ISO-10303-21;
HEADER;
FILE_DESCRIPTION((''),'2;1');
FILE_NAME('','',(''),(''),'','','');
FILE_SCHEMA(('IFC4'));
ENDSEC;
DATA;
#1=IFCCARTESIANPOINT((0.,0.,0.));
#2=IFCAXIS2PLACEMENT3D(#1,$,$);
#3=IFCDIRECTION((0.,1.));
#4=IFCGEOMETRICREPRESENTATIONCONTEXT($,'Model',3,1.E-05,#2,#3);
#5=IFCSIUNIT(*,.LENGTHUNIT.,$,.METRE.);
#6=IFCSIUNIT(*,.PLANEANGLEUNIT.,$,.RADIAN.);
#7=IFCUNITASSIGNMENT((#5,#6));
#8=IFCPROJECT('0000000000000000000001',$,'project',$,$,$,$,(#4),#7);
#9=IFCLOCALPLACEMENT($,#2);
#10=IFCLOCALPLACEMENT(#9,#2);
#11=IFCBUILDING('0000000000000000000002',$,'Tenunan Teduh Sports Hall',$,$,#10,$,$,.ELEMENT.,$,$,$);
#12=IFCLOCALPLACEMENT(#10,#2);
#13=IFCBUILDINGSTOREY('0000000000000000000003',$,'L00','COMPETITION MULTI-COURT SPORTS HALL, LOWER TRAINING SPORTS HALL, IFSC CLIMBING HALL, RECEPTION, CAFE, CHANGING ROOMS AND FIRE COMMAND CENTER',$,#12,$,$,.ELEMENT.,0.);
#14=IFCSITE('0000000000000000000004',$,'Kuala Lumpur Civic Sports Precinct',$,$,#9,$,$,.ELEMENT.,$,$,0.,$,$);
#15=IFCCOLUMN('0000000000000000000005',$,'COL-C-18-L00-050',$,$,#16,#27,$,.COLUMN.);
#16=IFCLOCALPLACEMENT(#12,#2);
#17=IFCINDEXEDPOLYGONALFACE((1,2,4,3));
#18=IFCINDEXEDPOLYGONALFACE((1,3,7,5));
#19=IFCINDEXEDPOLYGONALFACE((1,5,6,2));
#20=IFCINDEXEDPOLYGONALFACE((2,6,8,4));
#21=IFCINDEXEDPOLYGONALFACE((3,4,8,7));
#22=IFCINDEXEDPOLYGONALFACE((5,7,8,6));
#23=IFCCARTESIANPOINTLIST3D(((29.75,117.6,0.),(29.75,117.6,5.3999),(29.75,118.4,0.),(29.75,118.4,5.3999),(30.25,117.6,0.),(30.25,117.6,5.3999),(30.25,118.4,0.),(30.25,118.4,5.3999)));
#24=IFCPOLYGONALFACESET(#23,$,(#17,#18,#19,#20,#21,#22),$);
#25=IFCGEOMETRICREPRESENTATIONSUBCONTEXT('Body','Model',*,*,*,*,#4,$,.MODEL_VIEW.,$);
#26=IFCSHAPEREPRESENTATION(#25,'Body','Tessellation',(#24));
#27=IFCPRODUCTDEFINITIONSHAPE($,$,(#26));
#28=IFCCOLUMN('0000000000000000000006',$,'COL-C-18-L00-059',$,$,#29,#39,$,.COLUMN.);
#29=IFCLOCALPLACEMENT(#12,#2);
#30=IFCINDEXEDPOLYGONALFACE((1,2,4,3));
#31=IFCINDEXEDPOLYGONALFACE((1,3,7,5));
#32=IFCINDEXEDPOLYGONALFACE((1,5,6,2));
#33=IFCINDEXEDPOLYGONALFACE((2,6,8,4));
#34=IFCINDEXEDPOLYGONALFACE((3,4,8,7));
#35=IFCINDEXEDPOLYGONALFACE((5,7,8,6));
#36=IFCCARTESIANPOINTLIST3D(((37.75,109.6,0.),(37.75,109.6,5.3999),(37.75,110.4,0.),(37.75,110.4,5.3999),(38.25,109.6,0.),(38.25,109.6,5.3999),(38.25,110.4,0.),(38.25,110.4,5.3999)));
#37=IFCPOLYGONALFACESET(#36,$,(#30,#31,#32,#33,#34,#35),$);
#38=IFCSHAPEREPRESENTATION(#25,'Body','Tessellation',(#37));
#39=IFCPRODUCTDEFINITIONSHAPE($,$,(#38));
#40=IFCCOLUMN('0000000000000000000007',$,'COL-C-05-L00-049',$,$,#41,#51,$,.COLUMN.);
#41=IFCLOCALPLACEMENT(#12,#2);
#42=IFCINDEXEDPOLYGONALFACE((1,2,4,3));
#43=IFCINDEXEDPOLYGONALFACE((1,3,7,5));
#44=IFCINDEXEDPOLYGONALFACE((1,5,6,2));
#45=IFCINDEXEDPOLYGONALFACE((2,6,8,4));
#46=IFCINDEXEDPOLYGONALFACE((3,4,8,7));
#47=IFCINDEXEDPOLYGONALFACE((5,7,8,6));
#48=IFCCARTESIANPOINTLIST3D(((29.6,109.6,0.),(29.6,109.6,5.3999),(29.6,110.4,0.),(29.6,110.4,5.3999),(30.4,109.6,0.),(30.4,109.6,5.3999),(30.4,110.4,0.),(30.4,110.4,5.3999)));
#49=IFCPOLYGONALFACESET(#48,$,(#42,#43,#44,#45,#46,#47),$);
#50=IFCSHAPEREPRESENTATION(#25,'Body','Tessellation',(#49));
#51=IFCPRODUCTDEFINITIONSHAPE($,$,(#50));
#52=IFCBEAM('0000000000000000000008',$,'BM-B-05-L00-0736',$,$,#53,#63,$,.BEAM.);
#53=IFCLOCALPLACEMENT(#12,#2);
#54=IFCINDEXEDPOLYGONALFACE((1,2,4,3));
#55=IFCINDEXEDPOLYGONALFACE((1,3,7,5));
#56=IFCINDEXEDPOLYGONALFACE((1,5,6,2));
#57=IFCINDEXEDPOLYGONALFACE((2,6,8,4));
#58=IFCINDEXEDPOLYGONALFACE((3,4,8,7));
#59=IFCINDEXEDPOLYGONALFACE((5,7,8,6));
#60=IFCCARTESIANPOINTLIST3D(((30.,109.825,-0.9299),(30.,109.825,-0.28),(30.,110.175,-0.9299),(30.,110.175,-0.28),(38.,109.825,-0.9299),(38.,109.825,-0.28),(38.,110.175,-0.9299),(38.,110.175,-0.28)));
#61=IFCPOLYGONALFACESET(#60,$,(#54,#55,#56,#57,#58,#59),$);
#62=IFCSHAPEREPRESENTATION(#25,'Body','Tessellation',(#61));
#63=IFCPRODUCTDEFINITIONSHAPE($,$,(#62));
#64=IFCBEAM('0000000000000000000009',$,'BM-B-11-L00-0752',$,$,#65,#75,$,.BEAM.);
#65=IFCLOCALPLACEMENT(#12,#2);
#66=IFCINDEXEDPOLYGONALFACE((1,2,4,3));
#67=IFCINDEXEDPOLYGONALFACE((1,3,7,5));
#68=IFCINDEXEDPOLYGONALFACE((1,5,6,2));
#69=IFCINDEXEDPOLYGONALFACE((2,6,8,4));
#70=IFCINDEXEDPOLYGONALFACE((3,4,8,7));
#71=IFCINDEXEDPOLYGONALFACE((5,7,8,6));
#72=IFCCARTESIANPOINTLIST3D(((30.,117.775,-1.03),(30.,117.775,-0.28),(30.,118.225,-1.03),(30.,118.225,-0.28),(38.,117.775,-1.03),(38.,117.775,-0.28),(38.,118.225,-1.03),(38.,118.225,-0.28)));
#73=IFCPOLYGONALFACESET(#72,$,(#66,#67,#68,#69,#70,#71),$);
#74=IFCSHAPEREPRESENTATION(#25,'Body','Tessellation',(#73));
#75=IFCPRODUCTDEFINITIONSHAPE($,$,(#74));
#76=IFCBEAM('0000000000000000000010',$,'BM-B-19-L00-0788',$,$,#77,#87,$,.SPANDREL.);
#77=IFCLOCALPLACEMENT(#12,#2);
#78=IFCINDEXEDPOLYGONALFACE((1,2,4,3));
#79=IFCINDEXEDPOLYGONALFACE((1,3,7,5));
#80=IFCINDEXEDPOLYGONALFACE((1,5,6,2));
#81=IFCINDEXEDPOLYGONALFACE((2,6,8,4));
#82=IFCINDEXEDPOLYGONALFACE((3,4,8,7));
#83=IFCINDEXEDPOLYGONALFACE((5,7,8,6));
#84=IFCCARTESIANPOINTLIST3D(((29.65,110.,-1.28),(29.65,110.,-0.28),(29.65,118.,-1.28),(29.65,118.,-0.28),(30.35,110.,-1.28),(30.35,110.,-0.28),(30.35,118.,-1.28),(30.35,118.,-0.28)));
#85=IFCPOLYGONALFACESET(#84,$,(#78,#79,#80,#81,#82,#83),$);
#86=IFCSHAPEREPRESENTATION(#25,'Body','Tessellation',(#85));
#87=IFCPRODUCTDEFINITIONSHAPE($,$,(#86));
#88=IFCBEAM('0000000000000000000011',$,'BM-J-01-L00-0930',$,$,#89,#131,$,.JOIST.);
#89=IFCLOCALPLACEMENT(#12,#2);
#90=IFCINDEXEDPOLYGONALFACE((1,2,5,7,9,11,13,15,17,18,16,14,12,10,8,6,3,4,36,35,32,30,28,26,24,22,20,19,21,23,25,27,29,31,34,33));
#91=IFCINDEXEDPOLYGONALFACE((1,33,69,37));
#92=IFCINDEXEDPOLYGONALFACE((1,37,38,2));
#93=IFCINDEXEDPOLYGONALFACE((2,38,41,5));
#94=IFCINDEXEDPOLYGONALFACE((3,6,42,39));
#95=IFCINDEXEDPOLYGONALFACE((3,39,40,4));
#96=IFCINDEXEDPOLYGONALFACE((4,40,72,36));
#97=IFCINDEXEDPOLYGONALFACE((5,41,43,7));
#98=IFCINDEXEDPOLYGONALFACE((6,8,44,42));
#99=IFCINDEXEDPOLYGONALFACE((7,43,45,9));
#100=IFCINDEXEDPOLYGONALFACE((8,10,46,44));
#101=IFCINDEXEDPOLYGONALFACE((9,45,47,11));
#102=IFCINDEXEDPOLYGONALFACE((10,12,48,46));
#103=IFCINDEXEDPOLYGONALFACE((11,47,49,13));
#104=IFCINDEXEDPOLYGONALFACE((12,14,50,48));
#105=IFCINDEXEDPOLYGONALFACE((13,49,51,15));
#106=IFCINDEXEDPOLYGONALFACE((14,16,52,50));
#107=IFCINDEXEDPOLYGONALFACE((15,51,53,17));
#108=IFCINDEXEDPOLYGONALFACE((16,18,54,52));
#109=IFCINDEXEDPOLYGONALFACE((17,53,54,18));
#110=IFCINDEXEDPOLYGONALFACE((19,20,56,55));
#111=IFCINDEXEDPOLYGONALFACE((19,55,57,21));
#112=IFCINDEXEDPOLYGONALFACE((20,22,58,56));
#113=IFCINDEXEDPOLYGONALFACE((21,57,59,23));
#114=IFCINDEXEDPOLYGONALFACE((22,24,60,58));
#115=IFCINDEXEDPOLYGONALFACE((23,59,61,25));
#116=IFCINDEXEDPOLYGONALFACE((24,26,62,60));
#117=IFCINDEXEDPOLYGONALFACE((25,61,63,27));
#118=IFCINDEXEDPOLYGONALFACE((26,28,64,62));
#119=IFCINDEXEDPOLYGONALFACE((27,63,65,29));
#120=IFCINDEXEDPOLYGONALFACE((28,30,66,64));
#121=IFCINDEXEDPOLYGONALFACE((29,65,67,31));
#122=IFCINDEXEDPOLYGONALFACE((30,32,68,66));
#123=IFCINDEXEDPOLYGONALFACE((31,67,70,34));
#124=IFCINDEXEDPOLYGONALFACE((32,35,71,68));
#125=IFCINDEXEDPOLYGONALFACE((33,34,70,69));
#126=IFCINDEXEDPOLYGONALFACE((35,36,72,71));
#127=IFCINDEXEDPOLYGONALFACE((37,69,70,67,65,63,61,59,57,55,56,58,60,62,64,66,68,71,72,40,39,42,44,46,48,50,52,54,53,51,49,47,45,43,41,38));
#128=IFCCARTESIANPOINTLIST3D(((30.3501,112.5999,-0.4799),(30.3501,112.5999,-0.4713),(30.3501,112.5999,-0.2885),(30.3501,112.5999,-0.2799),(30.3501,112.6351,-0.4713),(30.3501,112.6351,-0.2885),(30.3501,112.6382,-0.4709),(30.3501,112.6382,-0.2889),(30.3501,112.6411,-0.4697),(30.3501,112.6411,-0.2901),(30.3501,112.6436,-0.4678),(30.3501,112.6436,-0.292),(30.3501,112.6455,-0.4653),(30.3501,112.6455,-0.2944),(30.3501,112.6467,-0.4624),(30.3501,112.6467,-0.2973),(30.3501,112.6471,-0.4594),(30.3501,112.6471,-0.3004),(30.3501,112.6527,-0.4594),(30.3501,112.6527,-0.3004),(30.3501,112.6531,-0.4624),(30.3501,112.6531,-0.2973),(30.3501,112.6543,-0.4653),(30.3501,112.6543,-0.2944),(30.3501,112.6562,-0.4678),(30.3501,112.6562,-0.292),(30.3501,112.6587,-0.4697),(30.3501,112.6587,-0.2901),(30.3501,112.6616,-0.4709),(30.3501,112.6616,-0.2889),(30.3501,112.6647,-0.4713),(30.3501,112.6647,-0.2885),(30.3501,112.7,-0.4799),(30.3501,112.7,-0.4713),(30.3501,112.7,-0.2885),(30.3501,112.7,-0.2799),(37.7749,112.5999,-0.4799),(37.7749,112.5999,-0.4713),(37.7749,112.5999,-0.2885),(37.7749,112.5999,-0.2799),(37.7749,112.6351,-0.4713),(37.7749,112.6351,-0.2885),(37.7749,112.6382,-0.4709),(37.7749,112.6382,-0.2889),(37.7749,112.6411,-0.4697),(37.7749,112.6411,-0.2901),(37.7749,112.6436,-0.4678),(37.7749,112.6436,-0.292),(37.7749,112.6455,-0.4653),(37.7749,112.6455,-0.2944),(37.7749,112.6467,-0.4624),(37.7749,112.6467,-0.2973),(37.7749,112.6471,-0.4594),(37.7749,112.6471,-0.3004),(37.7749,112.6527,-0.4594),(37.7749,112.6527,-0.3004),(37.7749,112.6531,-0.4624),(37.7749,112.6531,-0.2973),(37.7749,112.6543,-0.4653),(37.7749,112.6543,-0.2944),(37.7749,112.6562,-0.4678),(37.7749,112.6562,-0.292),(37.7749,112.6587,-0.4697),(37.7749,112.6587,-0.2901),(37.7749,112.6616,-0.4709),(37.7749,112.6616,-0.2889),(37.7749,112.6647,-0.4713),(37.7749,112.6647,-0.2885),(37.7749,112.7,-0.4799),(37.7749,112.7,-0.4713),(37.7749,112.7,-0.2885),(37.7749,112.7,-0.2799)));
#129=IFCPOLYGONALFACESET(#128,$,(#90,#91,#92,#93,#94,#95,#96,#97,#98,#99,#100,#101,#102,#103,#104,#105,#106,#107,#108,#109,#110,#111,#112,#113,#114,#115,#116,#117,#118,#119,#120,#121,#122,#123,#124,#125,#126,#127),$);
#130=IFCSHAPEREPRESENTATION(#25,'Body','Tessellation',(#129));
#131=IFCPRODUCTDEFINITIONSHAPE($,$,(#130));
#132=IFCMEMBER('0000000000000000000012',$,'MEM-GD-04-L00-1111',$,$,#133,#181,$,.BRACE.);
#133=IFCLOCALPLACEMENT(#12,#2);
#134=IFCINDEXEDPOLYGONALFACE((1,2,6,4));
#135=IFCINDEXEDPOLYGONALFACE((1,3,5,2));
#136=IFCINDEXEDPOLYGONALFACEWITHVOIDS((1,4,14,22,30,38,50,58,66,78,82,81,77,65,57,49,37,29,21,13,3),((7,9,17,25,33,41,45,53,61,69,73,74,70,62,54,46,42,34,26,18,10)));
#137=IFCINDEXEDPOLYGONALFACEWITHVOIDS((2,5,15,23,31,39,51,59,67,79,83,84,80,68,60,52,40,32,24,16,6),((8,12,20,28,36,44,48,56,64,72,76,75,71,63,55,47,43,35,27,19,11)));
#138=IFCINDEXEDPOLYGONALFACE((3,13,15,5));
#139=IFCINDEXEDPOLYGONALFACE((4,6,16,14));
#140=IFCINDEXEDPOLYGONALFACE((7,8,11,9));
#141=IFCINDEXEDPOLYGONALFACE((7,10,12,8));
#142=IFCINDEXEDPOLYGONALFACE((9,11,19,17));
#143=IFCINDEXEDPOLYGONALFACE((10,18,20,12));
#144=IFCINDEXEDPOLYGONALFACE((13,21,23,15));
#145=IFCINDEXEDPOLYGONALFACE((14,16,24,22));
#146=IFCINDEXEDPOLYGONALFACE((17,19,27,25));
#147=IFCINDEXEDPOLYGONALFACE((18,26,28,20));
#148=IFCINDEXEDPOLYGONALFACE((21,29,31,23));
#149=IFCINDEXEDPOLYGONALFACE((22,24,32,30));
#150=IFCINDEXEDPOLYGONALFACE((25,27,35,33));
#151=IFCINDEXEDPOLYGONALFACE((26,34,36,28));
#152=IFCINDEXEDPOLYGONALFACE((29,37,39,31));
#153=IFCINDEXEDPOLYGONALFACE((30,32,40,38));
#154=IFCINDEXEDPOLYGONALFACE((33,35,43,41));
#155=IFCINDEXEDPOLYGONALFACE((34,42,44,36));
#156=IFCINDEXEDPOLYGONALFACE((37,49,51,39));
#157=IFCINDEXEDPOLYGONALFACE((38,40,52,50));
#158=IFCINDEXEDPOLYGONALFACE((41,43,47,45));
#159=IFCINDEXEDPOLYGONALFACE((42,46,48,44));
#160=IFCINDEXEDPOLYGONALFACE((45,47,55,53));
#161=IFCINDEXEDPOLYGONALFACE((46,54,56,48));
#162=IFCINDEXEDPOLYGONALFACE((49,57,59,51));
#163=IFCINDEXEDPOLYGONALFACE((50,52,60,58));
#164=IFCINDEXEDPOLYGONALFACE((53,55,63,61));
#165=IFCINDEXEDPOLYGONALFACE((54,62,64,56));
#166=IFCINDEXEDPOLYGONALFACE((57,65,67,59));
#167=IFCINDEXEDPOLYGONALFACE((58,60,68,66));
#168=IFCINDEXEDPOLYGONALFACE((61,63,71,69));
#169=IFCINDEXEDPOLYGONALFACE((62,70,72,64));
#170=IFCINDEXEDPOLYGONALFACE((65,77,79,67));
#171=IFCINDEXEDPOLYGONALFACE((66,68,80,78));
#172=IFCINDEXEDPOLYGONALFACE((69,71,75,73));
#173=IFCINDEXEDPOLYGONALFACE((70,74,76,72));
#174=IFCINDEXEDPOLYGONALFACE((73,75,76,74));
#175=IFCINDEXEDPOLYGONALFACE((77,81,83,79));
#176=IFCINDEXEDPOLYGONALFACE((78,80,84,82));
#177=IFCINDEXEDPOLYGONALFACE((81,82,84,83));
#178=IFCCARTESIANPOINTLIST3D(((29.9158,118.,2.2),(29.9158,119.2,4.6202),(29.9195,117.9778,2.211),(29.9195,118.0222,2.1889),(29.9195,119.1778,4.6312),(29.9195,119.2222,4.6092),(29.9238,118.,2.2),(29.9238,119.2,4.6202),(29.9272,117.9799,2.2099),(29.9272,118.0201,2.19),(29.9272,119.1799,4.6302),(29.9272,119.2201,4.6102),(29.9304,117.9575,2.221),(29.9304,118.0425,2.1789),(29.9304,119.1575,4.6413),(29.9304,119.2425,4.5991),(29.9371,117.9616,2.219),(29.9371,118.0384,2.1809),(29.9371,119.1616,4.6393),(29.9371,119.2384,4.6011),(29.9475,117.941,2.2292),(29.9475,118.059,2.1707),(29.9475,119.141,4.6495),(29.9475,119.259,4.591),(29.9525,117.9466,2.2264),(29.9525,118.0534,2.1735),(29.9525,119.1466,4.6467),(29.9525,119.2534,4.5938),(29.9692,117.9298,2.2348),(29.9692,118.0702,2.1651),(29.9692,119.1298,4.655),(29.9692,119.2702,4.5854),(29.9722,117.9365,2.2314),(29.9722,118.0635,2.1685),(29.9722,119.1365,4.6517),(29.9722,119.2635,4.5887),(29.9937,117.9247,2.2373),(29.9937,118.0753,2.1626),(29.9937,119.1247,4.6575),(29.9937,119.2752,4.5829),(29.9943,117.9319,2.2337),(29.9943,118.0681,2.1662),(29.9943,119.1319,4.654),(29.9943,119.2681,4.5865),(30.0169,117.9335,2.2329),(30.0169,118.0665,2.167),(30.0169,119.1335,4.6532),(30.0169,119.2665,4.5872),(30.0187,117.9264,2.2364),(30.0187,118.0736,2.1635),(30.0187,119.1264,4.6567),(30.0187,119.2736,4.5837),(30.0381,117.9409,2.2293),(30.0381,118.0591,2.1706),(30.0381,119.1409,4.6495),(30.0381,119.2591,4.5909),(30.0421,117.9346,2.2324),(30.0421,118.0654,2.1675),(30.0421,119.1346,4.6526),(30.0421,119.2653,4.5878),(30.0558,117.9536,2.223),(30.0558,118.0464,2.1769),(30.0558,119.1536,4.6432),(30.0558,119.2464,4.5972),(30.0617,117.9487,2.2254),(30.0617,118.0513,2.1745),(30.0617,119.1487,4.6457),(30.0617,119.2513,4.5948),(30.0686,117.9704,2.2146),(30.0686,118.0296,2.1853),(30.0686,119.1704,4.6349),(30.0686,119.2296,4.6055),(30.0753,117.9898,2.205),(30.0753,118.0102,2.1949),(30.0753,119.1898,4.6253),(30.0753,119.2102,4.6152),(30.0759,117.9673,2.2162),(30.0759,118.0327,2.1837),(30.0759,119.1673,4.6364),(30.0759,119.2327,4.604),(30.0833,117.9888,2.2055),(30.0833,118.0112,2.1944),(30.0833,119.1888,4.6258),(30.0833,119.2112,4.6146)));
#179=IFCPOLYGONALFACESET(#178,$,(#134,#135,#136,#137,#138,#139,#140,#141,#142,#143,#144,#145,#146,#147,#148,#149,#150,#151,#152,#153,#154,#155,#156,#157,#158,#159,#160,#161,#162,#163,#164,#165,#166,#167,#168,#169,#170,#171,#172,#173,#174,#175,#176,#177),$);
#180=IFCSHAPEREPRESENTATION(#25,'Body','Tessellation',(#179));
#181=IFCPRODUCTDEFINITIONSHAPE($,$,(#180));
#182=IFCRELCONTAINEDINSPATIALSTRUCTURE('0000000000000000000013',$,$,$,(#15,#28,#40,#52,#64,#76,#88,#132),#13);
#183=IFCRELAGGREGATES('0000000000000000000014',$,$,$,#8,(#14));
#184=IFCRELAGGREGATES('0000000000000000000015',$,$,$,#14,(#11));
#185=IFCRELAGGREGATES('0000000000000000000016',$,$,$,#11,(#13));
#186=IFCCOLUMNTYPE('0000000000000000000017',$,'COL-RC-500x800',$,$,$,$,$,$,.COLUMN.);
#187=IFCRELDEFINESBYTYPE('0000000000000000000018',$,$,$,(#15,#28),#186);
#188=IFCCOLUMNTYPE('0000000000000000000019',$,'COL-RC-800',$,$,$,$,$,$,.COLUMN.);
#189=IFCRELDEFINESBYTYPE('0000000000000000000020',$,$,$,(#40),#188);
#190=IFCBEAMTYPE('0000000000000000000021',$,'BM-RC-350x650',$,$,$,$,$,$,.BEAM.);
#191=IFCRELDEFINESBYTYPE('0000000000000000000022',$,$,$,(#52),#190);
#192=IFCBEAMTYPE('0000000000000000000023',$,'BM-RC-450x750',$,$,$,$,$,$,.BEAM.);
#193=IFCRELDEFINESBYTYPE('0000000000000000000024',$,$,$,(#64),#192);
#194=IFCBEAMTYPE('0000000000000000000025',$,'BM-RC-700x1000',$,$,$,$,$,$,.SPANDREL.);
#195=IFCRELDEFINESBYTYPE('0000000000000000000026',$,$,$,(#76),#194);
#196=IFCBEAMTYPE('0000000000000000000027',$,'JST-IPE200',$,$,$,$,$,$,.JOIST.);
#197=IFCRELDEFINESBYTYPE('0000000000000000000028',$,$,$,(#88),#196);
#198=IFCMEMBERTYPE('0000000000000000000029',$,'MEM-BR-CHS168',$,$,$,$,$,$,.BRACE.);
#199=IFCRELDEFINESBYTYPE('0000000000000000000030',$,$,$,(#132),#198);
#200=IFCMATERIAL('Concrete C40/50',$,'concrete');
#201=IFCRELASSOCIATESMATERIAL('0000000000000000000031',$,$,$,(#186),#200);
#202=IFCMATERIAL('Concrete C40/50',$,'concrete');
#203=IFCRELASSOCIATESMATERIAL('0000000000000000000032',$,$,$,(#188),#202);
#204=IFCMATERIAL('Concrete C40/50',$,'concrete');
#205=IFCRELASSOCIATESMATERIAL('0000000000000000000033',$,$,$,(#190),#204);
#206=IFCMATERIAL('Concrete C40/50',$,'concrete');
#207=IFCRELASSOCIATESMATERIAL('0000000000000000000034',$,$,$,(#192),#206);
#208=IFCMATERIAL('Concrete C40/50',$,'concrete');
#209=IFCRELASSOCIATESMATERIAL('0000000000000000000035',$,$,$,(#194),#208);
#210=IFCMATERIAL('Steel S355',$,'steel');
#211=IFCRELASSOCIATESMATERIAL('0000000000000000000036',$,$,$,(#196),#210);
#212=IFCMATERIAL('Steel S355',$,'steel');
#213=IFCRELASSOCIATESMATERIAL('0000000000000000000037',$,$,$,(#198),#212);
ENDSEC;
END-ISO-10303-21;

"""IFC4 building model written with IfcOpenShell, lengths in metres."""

from ifc_helpers import new_model, si_unit, direction, frame, origin, origin_2d, place, context, subcontext, project, spatial, rectangle, hollow_circle, i_section, extrude, material, material_profile, profile_set, type_object, element, save


model = new_model("IFC4")

# Units and contexts
model_context = context("Model", 3, precision=1e-05, world=origin(), true_north=direction((0.0, 1.0)))
body_context = subcontext(model_context, "Body", "Model", "MODEL_VIEW")
ifc_project = project(units=[si_unit("LENGTHUNIT", "METRE"), si_unit("PLANEANGLEUNIT", "RADIAN")], contexts=[model_context])

# Site, building, storey
site_placement = place(None, origin())
site = spatial("IfcSite", under=ifc_project, at=site_placement, Name="Kuala Lumpur Civic Sports Precinct", CompositionType="ELEMENT", RefElevation=0.0)
building_placement = place(site_placement, origin())
building = spatial("IfcBuilding", under=site, at=building_placement, Name="Tenunan Teduh Sports Hall", CompositionType="ELEMENT")
storey_placement = place(building_placement, origin())
storey = spatial("IfcBuildingStorey", under=building, at=storey_placement, Name="L00", Description="COMPETITION MULTI-COURT SPORTS HALL, LOWER TRAINING SPORTS HALL, IFSC CLIMBING HALL, RECEPTION, CAFE, CHANGING ROOMS AND FIRE COMMAND CENTER", CompositionType="ELEMENT", Elevation=0.0)

# Columns
ifc_material_1 = material(Name="Concrete C40/50", Category="concrete")
ifc_material_profile_1 = material_profile(ifc_material_1, rectangle(XDim=0.5, YDim=0.8, at=origin_2d()), Name="RC 500x800")
ifc_profile_set_1 = profile_set([ifc_material_profile_1], Name="Concrete C40/50")
column_type_1 = type_object("IfcColumnType", Name="COL-RC-500x800", PredefinedType="COLUMN", material=ifc_profile_set_1)
for number, where, z_axis, x_axis, name in (
    (1, (30.0, 118.0, 0.0), (0.0, 0.0, 1.0), (1.0, 0.0, 0.0), "COL-C-18-L00-050"),
    (2, (38.0, 110.0, 0.0), (0.0, 0.0, 1.0), (1.0, 0.0, 0.0), "COL-C-18-L00-059"),
):
    element("IfcColumn", number, at=place(storey_placement, frame(where, z_axis=z_axis, x_axis=x_axis)), inside=storey, type_object=column_type_1, Name=name, PredefinedType="COLUMN", context=body_context, shape_type="SweptSolid", body=[
        extrude(rectangle(XDim=0.5, YDim=0.8, at=origin_2d()), origin(), (0.0, 0.0, 1.0), 5.3999),
    ])
ifc_material_2 = material(Name="Concrete C40/50", Category="concrete")
ifc_material_profile_2 = material_profile(ifc_material_2, rectangle(XDim=0.8, YDim=0.8, at=origin_2d()), Name="RC 800x800")
ifc_profile_set_2 = profile_set([ifc_material_profile_2], Name="Concrete C40/50")
column_type_2 = type_object("IfcColumnType", Name="COL-RC-800", PredefinedType="COLUMN", material=ifc_profile_set_2)
column_placement = place(storey_placement, frame((30.0, 110.0, 0.0), z_axis=(0.0, 0.0, 1.0), x_axis=(1.0, 0.0, 0.0)))
element("IfcColumn", 3, at=column_placement, inside=storey, type_object=column_type_2, Name="COL-C-05-L00-049", PredefinedType="COLUMN", context=body_context, shape_type="SweptSolid", body=[
    extrude(rectangle(XDim=0.8, YDim=0.8, at=origin_2d()), origin(), (0.0, 0.0, 1.0), 5.3999),
])

# Beams
ifc_material_3 = material(Name="Concrete C40/50", Category="concrete")
ifc_material_profile_3 = material_profile(ifc_material_3, rectangle(XDim=0.3501, YDim=0.6499, at=origin_2d()), Name="RCB 350x650")
ifc_profile_set_3 = profile_set([ifc_material_profile_3], Name="Concrete C40/50")
beam_type_1 = type_object("IfcBeamType", Name="BM-RC-350x650", PredefinedType="BEAM", material=ifc_profile_set_3)
beam_1_placement = place(storey_placement, frame((30.0, 110.0, -0.605), z_axis=(1.0, 0.0, 0.0), x_axis=(0.0, 1.0, 0.0)))
element("IfcBeam", 4, at=beam_1_placement, inside=storey, type_object=beam_type_1, Name="BM-B-05-L00-0736", PredefinedType="BEAM", context=body_context, shape_type="SweptSolid", body=[
    extrude(rectangle(XDim=0.3501, YDim=0.6499, at=origin_2d()), origin(), (0.0, 0.0, 1.0), 8.0),
])
ifc_material_4 = material(Name="Concrete C40/50", Category="concrete")
ifc_material_profile_4 = material_profile(ifc_material_4, rectangle(XDim=0.45, YDim=0.75, at=origin_2d()), Name="RCB 450x750")
ifc_profile_set_4 = profile_set([ifc_material_profile_4], Name="Concrete C40/50")
beam_type_2 = type_object("IfcBeamType", Name="BM-RC-450x750", PredefinedType="BEAM", material=ifc_profile_set_4)
beam_2_placement = place(storey_placement, frame((30.0, 118.0, -0.655), z_axis=(1.0, 0.0, 0.0), x_axis=(0.0, 1.0, 0.0)))
element("IfcBeam", 5, at=beam_2_placement, inside=storey, type_object=beam_type_2, Name="BM-B-11-L00-0752", PredefinedType="BEAM", context=body_context, shape_type="SweptSolid", body=[
    extrude(rectangle(XDim=0.45, YDim=0.75, at=origin_2d()), origin(), (0.0, 0.0, 1.0), 8.0),
])
ifc_material_5 = material(Name="Concrete C40/50", Category="concrete")
ifc_material_profile_5 = material_profile(ifc_material_5, rectangle(XDim=0.7, YDim=1.0, at=origin_2d()), Name="RCB 700x1000")
ifc_profile_set_5 = profile_set([ifc_material_profile_5], Name="Concrete C40/50")
beam_type_3 = type_object("IfcBeamType", Name="BM-RC-700x1000", PredefinedType="SPANDREL", material=ifc_profile_set_5)
beam_3_placement = place(storey_placement, frame((30.0, 110.0, -0.78), z_axis=(0.0, 1.0, 0.0), x_axis=(-1.0, 0.0, 0.0)))
element("IfcBeam", 6, at=beam_3_placement, inside=storey, type_object=beam_type_3, Name="BM-B-19-L00-0788", PredefinedType="SPANDREL", context=body_context, shape_type="SweptSolid", body=[
    extrude(rectangle(XDim=0.7, YDim=1.0, at=origin_2d()), origin(), (0.0, 0.0, 1.0), 8.0),
])
ifc_material_6 = material(Name="Steel S355", Category="steel")
ifc_material_profile_6 = material_profile(ifc_material_6, i_section(OverallWidth=0.1001, OverallDepth=0.2, WebThickness=0.0056, FlangeThickness=0.0085, FilletRadius=0.012, at=origin_2d()), Name="IPE 200")
ifc_profile_set_6 = profile_set([ifc_material_profile_6], Name="Steel S355")
beam_type_4 = type_object("IfcBeamType", Name="JST-IPE200", PredefinedType="JOIST", material=ifc_profile_set_6)
beam_4_placement = place(storey_placement, frame((30.3501, 112.6499, -0.3799), z_axis=(1.0, 0.0, 0.0), x_axis=(0.0, 1.0, 0.0)))
element("IfcBeam", 7, at=beam_4_placement, inside=storey, type_object=beam_type_4, Name="BM-J-01-L00-0930", PredefinedType="JOIST", context=body_context, shape_type="SweptSolid", body=[
    extrude(i_section(OverallWidth=0.1001, OverallDepth=0.2, WebThickness=0.0056, FlangeThickness=0.0085, FilletRadius=0.012, at=origin_2d()), origin(), (0.0, 0.0, 1.0), 7.4248),
])

# Member
ifc_material_7 = material(Name="Steel S355", Category="steel")
ifc_material_profile_7 = material_profile(ifc_material_7, hollow_circle(Radius=0.0842, WallThickness=0.0081, at=origin_2d()), Name="CHS 168.3x8.0")
ifc_profile_set_7 = profile_set([ifc_material_profile_7], Name="Steel S355")
member_type_1 = type_object("IfcMemberType", Name="MEM-BR-CHS168", PredefinedType="BRACE", material=ifc_profile_set_7)
member_1_placement = place(storey_placement, frame((30.0, 118.0, 2.2), z_axis=(0.0, 0.444211, 0.895922), x_axis=(-1.0, 0.0, 0.0)))
element("IfcMember", 8, at=member_1_placement, inside=storey, type_object=member_type_1, Name="MEM-GD-04-L00-1111", PredefinedType="BRACE", context=body_context, shape_type="SweptSolid", body=[
    extrude(hollow_circle(Radius=0.0842, WallThickness=0.0081, at=origin_2d()), origin(), (0.0, 0.0, 1.0), 2.7014),
])

save(model, "model.ifc")
